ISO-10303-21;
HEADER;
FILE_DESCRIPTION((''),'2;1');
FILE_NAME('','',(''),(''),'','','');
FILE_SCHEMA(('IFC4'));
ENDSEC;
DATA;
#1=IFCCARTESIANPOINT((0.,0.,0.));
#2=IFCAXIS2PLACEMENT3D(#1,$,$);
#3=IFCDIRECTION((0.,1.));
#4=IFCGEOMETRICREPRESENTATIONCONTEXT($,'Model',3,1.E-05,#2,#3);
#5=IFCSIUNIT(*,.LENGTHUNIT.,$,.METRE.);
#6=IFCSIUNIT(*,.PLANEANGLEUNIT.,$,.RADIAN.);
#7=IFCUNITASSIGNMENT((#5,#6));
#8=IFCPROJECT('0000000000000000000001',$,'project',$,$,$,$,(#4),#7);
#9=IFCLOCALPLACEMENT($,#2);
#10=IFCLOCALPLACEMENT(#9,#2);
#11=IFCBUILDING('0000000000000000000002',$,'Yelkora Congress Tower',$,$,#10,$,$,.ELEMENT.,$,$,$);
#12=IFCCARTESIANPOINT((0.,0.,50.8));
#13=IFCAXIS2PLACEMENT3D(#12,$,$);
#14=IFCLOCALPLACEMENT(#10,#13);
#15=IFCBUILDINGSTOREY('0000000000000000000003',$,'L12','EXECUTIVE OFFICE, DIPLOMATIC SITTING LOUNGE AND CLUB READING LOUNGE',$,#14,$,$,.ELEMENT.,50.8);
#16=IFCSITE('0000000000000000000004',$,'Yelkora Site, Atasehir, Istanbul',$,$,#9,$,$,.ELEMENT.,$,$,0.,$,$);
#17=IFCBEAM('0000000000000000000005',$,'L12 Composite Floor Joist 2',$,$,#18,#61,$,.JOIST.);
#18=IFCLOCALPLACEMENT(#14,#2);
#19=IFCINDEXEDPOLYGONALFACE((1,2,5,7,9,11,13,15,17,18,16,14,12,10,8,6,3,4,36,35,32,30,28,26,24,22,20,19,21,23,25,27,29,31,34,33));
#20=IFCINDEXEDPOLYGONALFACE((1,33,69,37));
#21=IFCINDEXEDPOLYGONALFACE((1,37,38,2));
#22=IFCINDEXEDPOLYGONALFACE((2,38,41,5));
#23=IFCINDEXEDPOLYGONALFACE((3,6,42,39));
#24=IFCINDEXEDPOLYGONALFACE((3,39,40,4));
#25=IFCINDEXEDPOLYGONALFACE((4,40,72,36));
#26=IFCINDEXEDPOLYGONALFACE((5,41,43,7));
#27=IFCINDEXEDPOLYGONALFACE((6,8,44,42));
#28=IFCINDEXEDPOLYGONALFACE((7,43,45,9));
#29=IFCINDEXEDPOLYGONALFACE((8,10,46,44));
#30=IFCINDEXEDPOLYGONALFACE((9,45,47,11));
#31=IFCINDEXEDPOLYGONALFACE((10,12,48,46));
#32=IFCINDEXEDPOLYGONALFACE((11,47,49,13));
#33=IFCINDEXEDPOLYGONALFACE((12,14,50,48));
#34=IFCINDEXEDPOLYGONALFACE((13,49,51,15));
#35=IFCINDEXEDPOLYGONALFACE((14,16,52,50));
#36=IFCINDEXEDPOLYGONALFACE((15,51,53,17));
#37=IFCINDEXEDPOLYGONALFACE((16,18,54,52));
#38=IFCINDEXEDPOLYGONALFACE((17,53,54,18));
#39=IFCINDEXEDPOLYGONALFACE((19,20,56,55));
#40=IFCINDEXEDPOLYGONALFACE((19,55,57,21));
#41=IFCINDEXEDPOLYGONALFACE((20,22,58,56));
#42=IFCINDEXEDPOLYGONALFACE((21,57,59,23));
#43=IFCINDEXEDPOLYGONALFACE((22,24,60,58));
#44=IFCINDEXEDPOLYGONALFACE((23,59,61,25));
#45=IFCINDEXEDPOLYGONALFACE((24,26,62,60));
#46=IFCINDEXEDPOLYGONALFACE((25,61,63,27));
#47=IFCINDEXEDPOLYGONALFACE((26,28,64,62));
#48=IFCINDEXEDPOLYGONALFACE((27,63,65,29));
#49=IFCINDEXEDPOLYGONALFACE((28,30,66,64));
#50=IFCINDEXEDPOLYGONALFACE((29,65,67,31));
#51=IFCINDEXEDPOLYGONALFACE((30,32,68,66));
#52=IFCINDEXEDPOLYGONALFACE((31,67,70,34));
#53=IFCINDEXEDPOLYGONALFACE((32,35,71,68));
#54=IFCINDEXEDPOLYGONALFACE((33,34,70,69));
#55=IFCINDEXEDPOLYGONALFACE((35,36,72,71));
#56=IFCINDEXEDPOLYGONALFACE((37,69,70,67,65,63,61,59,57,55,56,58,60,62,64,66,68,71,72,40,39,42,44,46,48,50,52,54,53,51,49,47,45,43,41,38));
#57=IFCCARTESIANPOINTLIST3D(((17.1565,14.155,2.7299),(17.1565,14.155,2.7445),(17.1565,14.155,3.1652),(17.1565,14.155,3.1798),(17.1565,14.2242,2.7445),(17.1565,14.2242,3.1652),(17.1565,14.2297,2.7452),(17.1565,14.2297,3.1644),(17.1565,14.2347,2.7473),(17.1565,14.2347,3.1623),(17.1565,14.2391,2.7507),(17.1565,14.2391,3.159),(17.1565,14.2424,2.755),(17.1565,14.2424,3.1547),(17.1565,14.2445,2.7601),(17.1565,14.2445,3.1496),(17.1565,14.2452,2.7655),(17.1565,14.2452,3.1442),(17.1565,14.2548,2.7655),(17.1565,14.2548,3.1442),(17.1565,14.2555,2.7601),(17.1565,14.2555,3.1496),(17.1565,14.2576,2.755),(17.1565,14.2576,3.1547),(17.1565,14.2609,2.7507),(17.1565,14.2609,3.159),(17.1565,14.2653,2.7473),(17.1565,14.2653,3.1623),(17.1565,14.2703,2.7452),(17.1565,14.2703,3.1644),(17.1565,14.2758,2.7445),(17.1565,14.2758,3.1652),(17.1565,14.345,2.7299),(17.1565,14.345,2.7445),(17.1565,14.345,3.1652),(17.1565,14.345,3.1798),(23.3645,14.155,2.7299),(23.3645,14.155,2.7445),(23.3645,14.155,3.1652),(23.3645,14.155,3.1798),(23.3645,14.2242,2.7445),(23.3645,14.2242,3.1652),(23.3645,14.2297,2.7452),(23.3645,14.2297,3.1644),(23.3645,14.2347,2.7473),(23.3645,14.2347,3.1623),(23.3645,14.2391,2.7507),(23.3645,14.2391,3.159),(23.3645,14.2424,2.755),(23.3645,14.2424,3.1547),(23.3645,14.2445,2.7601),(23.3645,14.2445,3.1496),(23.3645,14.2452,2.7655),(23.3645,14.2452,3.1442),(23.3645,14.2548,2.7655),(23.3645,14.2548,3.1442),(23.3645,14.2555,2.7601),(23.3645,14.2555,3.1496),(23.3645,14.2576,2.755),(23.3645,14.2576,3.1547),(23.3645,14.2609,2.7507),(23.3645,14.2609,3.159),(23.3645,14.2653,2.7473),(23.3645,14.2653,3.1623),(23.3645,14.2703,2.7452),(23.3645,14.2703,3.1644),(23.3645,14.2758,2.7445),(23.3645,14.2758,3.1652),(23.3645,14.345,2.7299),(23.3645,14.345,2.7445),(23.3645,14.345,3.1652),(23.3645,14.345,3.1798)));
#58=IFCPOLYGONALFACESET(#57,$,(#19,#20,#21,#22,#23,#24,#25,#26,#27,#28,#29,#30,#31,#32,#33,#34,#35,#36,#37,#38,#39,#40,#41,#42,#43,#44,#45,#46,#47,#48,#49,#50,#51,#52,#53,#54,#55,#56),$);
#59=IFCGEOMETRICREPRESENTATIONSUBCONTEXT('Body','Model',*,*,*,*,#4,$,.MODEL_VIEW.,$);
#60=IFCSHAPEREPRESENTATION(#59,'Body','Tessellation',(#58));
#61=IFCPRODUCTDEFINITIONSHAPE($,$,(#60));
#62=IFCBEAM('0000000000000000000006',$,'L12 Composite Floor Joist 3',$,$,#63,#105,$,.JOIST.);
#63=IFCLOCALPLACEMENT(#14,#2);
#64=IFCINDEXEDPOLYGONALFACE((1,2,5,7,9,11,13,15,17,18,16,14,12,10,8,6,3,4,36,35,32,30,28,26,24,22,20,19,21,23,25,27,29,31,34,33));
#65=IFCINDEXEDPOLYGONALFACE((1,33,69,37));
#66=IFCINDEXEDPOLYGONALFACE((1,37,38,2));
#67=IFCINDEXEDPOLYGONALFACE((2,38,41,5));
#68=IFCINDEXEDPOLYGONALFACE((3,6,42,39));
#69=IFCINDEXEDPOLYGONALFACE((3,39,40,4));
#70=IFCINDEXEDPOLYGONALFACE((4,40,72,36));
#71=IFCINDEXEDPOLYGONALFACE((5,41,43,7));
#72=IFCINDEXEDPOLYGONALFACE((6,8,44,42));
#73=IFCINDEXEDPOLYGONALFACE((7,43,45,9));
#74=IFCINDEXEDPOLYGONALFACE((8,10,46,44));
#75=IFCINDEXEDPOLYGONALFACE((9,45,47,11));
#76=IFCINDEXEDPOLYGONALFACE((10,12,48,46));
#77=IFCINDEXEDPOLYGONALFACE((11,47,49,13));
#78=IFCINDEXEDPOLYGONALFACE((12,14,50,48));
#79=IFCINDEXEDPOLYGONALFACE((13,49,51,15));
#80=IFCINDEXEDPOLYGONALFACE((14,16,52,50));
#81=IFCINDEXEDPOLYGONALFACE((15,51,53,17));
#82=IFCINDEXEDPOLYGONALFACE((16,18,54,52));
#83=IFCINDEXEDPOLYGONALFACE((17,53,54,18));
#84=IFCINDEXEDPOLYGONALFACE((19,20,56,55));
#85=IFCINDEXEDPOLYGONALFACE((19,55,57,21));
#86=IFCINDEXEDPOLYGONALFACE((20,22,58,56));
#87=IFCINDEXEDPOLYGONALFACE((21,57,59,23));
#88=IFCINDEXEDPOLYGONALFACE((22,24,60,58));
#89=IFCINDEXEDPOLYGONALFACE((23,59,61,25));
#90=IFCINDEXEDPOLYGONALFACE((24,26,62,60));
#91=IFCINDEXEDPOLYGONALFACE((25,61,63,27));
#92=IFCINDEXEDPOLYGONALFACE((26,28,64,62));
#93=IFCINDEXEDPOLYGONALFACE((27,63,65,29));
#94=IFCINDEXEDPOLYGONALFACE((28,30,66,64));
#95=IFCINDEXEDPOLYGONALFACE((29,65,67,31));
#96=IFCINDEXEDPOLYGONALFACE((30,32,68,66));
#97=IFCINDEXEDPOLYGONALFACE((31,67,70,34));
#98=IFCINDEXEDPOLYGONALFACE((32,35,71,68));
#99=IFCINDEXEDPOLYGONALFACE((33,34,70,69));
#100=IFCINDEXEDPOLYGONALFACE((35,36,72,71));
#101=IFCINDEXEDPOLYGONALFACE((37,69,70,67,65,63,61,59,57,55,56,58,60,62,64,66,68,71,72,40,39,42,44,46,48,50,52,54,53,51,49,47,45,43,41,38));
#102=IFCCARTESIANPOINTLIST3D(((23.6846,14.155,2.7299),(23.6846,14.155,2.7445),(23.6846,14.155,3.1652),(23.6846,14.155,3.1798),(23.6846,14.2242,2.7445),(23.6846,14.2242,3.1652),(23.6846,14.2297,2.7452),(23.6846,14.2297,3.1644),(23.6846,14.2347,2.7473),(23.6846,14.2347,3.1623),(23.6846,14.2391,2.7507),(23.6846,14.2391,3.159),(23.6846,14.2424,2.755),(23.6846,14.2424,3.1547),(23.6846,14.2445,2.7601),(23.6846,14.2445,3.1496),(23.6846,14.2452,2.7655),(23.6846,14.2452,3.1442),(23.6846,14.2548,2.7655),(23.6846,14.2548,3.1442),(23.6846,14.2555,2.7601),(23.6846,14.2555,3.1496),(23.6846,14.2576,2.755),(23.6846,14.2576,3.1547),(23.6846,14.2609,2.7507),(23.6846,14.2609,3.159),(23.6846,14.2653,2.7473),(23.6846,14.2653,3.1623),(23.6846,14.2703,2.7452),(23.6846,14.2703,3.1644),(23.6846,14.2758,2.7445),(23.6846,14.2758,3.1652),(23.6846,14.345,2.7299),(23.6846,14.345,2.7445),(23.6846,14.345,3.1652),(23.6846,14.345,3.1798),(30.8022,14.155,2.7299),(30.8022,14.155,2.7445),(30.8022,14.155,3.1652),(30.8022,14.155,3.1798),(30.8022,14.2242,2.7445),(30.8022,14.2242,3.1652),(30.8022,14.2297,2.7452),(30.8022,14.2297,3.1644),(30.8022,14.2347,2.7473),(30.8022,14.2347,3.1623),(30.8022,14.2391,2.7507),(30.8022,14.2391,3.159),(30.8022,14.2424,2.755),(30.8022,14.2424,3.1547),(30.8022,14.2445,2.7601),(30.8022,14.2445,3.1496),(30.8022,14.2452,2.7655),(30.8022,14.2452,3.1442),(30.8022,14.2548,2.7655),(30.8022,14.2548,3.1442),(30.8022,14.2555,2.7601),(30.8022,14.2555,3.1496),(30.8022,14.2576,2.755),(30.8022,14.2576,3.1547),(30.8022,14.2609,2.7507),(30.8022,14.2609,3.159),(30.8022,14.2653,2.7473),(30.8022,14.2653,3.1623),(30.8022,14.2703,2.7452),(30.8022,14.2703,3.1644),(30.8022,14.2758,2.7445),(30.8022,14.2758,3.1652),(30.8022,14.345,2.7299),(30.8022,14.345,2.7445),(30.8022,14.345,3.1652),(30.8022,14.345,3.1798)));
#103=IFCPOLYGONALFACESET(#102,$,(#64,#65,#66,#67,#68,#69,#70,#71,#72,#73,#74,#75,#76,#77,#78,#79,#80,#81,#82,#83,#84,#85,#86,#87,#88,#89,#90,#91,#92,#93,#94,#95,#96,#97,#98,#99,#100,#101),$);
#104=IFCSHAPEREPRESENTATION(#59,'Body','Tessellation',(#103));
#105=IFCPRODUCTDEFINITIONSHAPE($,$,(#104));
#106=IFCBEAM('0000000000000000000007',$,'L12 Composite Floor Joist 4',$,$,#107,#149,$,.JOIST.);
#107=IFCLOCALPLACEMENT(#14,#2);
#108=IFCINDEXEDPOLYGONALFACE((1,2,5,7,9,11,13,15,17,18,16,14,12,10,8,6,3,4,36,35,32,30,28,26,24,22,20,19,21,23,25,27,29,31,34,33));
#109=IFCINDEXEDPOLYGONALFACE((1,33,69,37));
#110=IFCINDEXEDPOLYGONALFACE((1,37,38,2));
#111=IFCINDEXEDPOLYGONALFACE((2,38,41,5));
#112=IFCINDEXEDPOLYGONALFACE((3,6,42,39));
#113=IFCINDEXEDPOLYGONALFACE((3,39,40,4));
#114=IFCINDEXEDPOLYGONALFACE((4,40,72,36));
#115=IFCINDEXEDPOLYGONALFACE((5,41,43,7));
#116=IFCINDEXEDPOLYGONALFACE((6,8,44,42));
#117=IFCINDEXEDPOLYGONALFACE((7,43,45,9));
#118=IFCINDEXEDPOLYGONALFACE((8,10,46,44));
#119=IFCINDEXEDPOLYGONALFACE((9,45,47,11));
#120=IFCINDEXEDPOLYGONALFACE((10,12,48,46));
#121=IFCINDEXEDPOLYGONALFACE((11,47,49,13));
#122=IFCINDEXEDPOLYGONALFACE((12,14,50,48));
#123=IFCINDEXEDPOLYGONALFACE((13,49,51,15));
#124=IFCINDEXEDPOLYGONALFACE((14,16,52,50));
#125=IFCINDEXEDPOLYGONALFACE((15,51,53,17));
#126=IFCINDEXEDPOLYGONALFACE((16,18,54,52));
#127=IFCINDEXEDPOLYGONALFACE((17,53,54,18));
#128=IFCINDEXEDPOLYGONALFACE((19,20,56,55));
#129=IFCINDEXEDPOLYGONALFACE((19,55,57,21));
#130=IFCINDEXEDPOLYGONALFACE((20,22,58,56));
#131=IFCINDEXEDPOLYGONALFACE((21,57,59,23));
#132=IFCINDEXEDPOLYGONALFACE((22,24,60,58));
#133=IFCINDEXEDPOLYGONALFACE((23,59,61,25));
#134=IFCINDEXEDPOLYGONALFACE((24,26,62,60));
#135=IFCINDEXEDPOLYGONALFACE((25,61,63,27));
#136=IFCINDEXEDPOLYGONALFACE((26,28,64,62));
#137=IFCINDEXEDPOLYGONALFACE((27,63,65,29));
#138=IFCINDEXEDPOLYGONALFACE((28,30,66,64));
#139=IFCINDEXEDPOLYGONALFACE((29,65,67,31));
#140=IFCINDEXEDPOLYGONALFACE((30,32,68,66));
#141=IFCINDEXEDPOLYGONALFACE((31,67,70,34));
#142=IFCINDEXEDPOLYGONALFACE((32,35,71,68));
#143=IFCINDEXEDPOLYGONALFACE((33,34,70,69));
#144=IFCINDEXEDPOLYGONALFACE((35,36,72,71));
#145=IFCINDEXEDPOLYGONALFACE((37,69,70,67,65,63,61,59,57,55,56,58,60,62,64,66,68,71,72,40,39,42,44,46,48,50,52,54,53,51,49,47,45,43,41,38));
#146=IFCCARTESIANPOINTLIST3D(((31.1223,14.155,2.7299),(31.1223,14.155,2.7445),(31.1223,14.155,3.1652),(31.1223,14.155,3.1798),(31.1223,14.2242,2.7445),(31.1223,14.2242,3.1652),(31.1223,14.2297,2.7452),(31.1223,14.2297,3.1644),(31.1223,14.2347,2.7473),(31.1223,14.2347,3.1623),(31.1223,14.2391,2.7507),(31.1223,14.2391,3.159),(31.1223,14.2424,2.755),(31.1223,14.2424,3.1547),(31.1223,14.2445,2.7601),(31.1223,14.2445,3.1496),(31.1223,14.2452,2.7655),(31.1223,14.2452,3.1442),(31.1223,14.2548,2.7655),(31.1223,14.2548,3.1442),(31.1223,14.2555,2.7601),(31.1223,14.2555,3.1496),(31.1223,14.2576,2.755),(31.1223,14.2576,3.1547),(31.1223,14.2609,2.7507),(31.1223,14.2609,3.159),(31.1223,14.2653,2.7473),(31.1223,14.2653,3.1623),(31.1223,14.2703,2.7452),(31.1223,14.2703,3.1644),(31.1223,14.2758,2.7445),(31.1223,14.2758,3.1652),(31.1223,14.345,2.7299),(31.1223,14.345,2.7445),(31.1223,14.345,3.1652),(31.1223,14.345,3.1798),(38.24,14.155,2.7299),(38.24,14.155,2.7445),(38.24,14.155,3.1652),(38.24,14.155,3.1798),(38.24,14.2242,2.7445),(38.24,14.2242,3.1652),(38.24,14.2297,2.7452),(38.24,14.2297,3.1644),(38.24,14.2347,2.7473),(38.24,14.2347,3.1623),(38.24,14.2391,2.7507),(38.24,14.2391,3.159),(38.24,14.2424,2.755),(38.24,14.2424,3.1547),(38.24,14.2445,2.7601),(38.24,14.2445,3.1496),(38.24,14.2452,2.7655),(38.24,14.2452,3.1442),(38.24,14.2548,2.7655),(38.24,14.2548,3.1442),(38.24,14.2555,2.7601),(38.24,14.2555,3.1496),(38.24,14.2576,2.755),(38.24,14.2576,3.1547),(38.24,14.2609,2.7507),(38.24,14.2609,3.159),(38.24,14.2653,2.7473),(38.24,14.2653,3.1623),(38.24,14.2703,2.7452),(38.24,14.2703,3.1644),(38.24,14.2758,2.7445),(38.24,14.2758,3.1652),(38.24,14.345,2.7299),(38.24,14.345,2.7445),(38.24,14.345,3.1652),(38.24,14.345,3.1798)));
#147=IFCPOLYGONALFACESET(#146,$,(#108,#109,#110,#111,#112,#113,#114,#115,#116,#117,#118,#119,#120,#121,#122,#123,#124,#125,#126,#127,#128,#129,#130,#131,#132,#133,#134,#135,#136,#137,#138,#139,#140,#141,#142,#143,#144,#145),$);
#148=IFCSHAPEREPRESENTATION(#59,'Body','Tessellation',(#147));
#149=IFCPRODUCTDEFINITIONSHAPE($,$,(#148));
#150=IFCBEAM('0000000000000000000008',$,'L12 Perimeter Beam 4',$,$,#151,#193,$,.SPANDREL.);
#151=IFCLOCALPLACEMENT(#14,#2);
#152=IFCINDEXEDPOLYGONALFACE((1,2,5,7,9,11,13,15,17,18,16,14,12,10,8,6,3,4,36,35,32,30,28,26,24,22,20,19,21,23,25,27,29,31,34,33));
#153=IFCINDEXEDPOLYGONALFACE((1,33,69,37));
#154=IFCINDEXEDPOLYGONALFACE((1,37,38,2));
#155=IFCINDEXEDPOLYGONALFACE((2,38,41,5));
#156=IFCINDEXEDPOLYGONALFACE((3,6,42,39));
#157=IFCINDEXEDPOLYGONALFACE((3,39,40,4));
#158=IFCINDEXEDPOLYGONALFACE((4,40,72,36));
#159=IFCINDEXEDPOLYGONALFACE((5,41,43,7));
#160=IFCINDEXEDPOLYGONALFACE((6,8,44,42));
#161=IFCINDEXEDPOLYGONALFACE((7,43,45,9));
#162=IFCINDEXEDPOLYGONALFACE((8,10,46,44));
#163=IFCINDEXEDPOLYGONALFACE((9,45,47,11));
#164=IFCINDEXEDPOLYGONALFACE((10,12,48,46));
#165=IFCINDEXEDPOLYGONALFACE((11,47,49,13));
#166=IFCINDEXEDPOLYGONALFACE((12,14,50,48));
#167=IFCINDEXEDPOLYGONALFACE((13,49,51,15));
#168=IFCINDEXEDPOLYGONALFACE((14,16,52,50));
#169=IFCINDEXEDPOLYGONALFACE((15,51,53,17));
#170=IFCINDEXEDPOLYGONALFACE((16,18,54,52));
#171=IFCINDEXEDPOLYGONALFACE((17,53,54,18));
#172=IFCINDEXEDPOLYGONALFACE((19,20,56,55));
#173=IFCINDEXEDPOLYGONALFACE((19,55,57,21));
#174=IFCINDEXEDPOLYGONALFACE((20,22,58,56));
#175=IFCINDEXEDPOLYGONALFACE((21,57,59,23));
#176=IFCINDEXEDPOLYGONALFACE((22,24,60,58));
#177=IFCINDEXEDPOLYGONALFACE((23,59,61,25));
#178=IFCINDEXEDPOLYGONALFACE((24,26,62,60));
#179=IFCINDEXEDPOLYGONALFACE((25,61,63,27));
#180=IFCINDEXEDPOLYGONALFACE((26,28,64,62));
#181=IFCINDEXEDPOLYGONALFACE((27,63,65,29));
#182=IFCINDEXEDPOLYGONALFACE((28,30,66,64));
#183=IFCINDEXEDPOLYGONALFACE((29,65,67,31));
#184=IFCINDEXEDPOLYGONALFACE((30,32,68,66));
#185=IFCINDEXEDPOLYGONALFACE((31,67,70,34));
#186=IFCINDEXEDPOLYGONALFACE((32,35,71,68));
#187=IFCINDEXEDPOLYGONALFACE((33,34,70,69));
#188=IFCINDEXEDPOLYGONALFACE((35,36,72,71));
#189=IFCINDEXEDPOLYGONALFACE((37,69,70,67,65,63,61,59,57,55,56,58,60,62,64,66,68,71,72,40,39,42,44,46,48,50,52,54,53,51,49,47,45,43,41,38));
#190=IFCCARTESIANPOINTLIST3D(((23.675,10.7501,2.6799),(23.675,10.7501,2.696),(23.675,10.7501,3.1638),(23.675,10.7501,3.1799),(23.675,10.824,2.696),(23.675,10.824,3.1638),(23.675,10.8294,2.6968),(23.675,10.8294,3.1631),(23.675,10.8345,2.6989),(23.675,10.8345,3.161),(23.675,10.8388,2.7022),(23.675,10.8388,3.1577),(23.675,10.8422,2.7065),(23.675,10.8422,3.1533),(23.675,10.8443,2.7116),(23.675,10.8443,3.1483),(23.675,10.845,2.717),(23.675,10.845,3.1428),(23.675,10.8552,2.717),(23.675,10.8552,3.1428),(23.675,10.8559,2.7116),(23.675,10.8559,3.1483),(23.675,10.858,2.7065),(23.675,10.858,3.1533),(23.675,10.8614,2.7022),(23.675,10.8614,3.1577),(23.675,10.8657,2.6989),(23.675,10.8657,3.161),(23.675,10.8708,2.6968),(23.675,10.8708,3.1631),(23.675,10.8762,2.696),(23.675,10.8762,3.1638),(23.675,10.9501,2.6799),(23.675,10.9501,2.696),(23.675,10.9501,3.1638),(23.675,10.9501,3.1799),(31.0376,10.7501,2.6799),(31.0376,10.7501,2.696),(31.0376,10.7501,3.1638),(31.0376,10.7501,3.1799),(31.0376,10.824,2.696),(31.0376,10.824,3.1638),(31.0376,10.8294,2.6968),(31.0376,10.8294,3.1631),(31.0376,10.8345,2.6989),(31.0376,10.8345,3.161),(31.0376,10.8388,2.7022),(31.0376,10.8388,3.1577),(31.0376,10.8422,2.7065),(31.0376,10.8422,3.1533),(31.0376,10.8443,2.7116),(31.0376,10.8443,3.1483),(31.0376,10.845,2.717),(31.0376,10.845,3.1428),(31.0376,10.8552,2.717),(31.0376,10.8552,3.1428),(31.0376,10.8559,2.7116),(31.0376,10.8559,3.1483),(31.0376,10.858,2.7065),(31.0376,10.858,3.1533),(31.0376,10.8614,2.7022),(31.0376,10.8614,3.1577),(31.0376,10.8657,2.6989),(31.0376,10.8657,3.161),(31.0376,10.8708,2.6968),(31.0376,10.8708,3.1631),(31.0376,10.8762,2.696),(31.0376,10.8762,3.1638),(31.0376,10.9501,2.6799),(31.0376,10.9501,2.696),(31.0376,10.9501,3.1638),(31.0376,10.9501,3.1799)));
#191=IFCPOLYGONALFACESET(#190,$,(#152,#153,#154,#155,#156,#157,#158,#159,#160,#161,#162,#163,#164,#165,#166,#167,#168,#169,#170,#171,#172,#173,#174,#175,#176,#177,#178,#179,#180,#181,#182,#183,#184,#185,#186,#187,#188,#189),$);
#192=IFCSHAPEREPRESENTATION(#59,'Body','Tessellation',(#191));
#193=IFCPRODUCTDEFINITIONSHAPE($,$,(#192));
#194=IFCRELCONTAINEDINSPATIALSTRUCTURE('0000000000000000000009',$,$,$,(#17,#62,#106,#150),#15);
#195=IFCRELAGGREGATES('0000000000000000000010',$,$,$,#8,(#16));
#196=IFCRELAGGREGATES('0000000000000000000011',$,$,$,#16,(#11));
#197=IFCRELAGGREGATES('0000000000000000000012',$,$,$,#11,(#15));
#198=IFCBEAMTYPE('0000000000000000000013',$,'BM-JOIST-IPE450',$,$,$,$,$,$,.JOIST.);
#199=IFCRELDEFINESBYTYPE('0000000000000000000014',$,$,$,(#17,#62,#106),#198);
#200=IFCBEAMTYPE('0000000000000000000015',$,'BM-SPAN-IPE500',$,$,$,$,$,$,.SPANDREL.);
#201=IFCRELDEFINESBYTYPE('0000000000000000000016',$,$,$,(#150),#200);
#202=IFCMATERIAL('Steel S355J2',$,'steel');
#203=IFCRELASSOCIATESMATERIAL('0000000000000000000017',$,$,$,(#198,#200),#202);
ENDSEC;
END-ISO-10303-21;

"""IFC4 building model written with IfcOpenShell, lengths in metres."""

from ifc_helpers import new_model, si_unit, direction, frame, origin, origin_2d, place, context, subcontext, project, spatial, i_section, extrude, material, material_profile, profile_set, type_object, element, save


model = new_model("IFC4")

# Units and contexts
model_context = context("Model", 3, precision=1e-05, world=origin(), true_north=direction((0.0, 1.0)))
body_context = subcontext(model_context, "Body", "Model", "MODEL_VIEW")
ifc_project = project(units=[si_unit("LENGTHUNIT", "METRE"), si_unit("PLANEANGLEUNIT", "RADIAN")], contexts=[model_context])

# Site, building, storey
site_placement = place(None, origin())
site = spatial("IfcSite", under=ifc_project, at=site_placement, Name="Yelkora Site, Atasehir, Istanbul", CompositionType="ELEMENT", RefElevation=0.0)
building_placement = place(site_placement, origin())
building = spatial("IfcBuilding", under=site, at=building_placement, Name="Yelkora Congress Tower", CompositionType="ELEMENT")
storey_placement = place(building_placement, frame((0.0, 0.0, 50.8)))
storey = spatial("IfcBuildingStorey", under=building, at=storey_placement, Name="L12", Description="EXECUTIVE OFFICE, DIPLOMATIC SITTING LOUNGE AND CLUB READING LOUNGE", CompositionType="ELEMENT", Elevation=50.8)

# Beams
ifc_material_1 = material(Name="Steel S355J2", Category="steel")
ifc_material_profile_1 = material_profile(ifc_material_1, i_section(OverallWidth=0.1899, OverallDepth=0.45, WebThickness=0.0095, FlangeThickness=0.0146, FilletRadius=0.021, at=origin_2d()), Name="IPE 450")
ifc_profile_set_1 = profile_set([ifc_material_profile_1], Name="Steel S355J2")
beam_type_1 = type_object("IfcBeamType", Name="BM-JOIST-IPE450", PredefinedType="JOIST", material=ifc_profile_set_1)
beam_1_placement = place(storey_placement, frame((17.1565, 14.25, 2.9548), z_axis=(1.0, 0.0, 0.0), x_axis=(0.0, 1.0, 0.0)))
element("IfcBeam", 1, at=beam_1_placement, inside=storey, type_object=beam_type_1, Name="L12 Composite Floor Joist 2", PredefinedType="JOIST", context=body_context, shape_type="SweptSolid", body=[
    extrude(i_section(OverallWidth=0.1899, OverallDepth=0.45, WebThickness=0.0095, FlangeThickness=0.0146, FilletRadius=0.021, at=origin_2d()), origin(), (0.0, 0.0, 1.0), 6.208),
])
for number, where, z_axis, x_axis, name in (
    (2, (23.6846, 14.25, 2.9548), (1.0, 0.0, 0.0), (0.0, 1.0, 0.0), "L12 Composite Floor Joist 3"),
    (3, (31.1223, 14.25, 2.9548), (1.0, 0.0, 0.0), (0.0, 1.0, 0.0), "L12 Composite Floor Joist 4"),
):
    element("IfcBeam", number, at=place(storey_placement, frame(where, z_axis=z_axis, x_axis=x_axis)), inside=storey, type_object=beam_type_1, Name=name, PredefinedType="JOIST", context=body_context, shape_type="SweptSolid", body=[
        extrude(i_section(OverallWidth=0.1899, OverallDepth=0.45, WebThickness=0.0095, FlangeThickness=0.0146, FilletRadius=0.021, at=origin_2d()), origin(), (0.0, 0.0, 1.0), 7.1177),
    ])
ifc_material_profile_2 = material_profile(ifc_material_1, i_section(OverallWidth=0.2, OverallDepth=0.5, WebThickness=0.0103, FlangeThickness=0.0161, FilletRadius=0.021, at=origin_2d()), Name="IPE 500")
ifc_profile_set_2 = profile_set([ifc_material_profile_2], Name="Steel S355J2")
beam_type_2 = type_object("IfcBeamType", Name="BM-SPAN-IPE500", PredefinedType="SPANDREL", material=ifc_profile_set_2)
beam_2_placement = place(storey_placement, frame((23.675, 10.8501, 2.9299), z_axis=(1.0, 0.0, 0.0), x_axis=(0.0, 1.0, 0.0)))
element("IfcBeam", 4, at=beam_2_placement, inside=storey, type_object=beam_type_2, Name="L12 Perimeter Beam 4", PredefinedType="SPANDREL", context=body_context, shape_type="SweptSolid", body=[
    extrude(i_section(OverallWidth=0.2, OverallDepth=0.5, WebThickness=0.0103, FlangeThickness=0.0161, FilletRadius=0.021, at=origin_2d()), origin(), (0.0, 0.0, 1.0), 7.3625),
])

save(model, "model.ifc")
